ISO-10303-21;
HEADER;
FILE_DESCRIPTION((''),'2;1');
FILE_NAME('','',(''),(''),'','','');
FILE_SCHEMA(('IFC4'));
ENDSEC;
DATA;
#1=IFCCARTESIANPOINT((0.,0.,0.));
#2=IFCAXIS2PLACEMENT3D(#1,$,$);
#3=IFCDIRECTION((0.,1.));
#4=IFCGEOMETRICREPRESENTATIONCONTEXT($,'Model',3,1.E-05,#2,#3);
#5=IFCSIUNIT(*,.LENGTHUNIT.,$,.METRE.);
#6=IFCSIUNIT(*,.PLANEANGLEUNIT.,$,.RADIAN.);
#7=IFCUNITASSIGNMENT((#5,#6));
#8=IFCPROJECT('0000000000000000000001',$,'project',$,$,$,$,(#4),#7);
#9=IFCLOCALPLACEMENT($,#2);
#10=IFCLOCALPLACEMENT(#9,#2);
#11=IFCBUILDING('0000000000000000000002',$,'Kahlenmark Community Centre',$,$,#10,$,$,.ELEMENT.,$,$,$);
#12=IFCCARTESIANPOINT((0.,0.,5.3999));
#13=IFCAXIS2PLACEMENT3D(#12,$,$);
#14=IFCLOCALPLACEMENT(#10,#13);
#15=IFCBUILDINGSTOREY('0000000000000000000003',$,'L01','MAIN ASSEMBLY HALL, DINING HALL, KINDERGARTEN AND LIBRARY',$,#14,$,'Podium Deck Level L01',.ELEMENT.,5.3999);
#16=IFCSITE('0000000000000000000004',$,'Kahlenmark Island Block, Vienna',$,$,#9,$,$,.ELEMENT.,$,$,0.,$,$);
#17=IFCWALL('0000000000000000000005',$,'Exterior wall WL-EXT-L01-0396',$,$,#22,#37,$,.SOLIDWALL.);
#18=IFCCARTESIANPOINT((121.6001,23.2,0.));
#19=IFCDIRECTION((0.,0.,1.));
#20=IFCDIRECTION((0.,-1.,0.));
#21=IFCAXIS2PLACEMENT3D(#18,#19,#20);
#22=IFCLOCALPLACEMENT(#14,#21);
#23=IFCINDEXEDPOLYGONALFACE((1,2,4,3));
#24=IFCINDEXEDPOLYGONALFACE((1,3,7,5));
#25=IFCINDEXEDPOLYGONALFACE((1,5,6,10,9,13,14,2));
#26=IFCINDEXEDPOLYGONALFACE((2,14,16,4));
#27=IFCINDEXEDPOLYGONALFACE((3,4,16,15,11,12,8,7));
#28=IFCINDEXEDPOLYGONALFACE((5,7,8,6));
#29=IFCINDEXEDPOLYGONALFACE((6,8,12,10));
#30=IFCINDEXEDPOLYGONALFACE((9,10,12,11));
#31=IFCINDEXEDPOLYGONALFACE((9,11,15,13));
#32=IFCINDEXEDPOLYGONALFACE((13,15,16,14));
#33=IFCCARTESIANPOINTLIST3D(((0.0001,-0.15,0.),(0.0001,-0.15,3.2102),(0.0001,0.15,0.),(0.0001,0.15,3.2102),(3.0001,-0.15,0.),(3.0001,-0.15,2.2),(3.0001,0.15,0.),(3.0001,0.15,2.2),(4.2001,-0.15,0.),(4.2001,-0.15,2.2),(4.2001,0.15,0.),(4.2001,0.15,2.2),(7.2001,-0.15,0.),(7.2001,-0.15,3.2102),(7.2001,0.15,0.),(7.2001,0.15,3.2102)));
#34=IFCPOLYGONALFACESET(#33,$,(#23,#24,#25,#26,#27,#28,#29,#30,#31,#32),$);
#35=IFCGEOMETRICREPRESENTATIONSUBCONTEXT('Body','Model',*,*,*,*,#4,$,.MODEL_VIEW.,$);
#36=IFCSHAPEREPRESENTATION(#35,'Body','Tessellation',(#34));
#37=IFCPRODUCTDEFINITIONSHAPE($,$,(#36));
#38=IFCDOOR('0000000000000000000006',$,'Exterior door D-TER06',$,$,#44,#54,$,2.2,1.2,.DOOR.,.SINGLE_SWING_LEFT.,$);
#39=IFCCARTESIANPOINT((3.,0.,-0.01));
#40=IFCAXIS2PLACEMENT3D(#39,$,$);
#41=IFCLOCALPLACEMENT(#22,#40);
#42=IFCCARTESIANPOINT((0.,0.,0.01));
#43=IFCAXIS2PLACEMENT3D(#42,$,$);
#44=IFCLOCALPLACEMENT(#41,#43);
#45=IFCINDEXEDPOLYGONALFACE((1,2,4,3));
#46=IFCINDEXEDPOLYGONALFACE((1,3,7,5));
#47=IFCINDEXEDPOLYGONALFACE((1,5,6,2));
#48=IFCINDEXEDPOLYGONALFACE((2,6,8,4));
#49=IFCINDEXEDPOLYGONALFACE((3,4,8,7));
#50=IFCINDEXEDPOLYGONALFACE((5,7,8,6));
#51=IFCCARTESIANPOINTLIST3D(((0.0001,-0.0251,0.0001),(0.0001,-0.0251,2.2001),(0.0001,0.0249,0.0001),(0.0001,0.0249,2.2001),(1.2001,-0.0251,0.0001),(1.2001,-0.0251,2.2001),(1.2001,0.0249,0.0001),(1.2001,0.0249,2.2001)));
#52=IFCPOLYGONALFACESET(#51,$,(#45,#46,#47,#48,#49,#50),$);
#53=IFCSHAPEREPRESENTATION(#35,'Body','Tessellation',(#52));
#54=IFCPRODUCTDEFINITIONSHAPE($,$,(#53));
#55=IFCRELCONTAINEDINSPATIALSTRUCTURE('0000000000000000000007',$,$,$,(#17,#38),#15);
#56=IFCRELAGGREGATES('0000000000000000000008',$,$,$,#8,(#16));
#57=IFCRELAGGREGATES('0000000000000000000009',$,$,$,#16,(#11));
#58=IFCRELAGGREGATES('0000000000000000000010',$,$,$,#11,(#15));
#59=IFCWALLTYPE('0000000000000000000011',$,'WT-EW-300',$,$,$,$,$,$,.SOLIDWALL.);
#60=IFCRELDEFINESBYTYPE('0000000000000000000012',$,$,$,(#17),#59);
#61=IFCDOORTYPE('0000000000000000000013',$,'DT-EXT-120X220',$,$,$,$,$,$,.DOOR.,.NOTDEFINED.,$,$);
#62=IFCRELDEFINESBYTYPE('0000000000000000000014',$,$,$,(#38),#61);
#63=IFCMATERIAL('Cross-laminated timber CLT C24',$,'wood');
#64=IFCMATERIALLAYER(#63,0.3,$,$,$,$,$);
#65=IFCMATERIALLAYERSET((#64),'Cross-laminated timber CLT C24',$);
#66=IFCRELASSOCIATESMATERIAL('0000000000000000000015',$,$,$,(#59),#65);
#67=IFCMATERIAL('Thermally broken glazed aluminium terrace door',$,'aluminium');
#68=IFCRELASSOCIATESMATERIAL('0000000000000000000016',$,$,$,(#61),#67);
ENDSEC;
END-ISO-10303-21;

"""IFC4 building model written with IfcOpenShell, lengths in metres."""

from ifc_helpers import new_model, si_unit, direction, frame, frame_2d, origin, place, context, subcontext, project, spatial, rectangle, extrude, material, layer, layer_set, type_object, element, fill, save


model = new_model("IFC4")

# Units and contexts
model_context = context("Model", 3, precision=1e-05, world=origin(), true_north=direction((0.0, 1.0)))
body_context = subcontext(model_context, "Body", "Model", "MODEL_VIEW")
ifc_project = project(units=[si_unit("LENGTHUNIT", "METRE"), si_unit("PLANEANGLEUNIT", "RADIAN")], contexts=[model_context])

# Site, building, storey
site_placement = place(None, origin())
site = spatial("IfcSite", under=ifc_project, at=site_placement, Name="Kahlenmark Island Block, Vienna", CompositionType="ELEMENT", RefElevation=0.0)
building_placement = place(site_placement, origin())
building = spatial("IfcBuilding", under=site, at=building_placement, Name="Kahlenmark Community Centre", CompositionType="ELEMENT")
storey_placement = place(building_placement, frame((0.0, 0.0, 5.3999)))
storey = spatial("IfcBuildingStorey", under=building, at=storey_placement, Name="L01", Description="MAIN ASSEMBLY HALL, DINING HALL, KINDERGARTEN AND LIBRARY", LongName="Podium Deck Level L01", CompositionType="ELEMENT", Elevation=5.3999)

# Wall, opening, door
ifc_material_1 = material(Name="Cross-laminated timber CLT C24", Category="wood")
ifc_layer_1 = layer(ifc_material_1, 0.3)
ifc_layer_set_1 = layer_set([ifc_layer_1], Name="Cross-laminated timber CLT C24")
wall_type_1 = type_object("IfcWallType", Name="WT-EW-300", PredefinedType="SOLIDWALL", material=ifc_layer_set_1)
wall_1_placement = place(storey_placement, frame((121.6001, 23.2, 0.0), z_axis=(0.0, 0.0, 1.0), x_axis=(0.0, -1.0, 0.0)))
wall_1 = element("IfcWall", 1, at=wall_1_placement, inside=storey, type_object=wall_type_1, Name="Exterior wall WL-EXT-L01-0396", PredefinedType="SOLIDWALL", context=body_context, shape_type="SweptSolid", body=[
    extrude(rectangle(XDim=7.2, YDim=0.3, at=frame_2d((3.6001, 0.0))), origin(), (0.0, 0.0, 1.0), 3.2102),
])
opening_placement = place(wall_1_placement, frame((3.0, 0.0, -0.01)))
opening = element("IfcOpeningElement", 2, at=opening_placement, cuts=wall_1, PredefinedType="OPENING", context=body_context, shape_type="SweptSolid", body=[
    extrude(rectangle(XDim=1.2, YDim=2.21, at=frame_2d((0.6001, 1.105))), frame((0.0, 0.1599, 0.0), z_axis=(0.0, -1.0, 0.0), x_axis=(1.0, 0.0, 0.0)), (0.0, 0.0, 1.0), 0.3201),
])
ifc_material_2 = material(Name="Thermally broken glazed aluminium terrace door", Category="aluminium")
door_type = type_object("IfcDoorType", Name="DT-EXT-120X220", OperationType="NOTDEFINED", PredefinedType="DOOR", material=ifc_material_2)
door_placement = place(opening_placement, frame((0.0, 0.0, 0.01)))
door = element("IfcDoor", 3, at=door_placement, inside=storey, type_object=door_type, Name="Exterior door D-TER06", OperationType="SINGLE_SWING_LEFT", OverallHeight=2.2, OverallWidth=1.2, PredefinedType="DOOR", context=body_context, shape_type="SweptSolid", body=[
    extrude(rectangle(XDim=1.2, YDim=2.2, at=frame_2d((0.6001, 1.1001))), frame((0.0, 0.0249, 0.0), z_axis=(0.0, -1.0, 0.0), x_axis=(1.0, 0.0, 0.0)), (0.0, 0.0, 1.0), 0.05),
])
fill(opening, door)

save(model, "model.ifc")
